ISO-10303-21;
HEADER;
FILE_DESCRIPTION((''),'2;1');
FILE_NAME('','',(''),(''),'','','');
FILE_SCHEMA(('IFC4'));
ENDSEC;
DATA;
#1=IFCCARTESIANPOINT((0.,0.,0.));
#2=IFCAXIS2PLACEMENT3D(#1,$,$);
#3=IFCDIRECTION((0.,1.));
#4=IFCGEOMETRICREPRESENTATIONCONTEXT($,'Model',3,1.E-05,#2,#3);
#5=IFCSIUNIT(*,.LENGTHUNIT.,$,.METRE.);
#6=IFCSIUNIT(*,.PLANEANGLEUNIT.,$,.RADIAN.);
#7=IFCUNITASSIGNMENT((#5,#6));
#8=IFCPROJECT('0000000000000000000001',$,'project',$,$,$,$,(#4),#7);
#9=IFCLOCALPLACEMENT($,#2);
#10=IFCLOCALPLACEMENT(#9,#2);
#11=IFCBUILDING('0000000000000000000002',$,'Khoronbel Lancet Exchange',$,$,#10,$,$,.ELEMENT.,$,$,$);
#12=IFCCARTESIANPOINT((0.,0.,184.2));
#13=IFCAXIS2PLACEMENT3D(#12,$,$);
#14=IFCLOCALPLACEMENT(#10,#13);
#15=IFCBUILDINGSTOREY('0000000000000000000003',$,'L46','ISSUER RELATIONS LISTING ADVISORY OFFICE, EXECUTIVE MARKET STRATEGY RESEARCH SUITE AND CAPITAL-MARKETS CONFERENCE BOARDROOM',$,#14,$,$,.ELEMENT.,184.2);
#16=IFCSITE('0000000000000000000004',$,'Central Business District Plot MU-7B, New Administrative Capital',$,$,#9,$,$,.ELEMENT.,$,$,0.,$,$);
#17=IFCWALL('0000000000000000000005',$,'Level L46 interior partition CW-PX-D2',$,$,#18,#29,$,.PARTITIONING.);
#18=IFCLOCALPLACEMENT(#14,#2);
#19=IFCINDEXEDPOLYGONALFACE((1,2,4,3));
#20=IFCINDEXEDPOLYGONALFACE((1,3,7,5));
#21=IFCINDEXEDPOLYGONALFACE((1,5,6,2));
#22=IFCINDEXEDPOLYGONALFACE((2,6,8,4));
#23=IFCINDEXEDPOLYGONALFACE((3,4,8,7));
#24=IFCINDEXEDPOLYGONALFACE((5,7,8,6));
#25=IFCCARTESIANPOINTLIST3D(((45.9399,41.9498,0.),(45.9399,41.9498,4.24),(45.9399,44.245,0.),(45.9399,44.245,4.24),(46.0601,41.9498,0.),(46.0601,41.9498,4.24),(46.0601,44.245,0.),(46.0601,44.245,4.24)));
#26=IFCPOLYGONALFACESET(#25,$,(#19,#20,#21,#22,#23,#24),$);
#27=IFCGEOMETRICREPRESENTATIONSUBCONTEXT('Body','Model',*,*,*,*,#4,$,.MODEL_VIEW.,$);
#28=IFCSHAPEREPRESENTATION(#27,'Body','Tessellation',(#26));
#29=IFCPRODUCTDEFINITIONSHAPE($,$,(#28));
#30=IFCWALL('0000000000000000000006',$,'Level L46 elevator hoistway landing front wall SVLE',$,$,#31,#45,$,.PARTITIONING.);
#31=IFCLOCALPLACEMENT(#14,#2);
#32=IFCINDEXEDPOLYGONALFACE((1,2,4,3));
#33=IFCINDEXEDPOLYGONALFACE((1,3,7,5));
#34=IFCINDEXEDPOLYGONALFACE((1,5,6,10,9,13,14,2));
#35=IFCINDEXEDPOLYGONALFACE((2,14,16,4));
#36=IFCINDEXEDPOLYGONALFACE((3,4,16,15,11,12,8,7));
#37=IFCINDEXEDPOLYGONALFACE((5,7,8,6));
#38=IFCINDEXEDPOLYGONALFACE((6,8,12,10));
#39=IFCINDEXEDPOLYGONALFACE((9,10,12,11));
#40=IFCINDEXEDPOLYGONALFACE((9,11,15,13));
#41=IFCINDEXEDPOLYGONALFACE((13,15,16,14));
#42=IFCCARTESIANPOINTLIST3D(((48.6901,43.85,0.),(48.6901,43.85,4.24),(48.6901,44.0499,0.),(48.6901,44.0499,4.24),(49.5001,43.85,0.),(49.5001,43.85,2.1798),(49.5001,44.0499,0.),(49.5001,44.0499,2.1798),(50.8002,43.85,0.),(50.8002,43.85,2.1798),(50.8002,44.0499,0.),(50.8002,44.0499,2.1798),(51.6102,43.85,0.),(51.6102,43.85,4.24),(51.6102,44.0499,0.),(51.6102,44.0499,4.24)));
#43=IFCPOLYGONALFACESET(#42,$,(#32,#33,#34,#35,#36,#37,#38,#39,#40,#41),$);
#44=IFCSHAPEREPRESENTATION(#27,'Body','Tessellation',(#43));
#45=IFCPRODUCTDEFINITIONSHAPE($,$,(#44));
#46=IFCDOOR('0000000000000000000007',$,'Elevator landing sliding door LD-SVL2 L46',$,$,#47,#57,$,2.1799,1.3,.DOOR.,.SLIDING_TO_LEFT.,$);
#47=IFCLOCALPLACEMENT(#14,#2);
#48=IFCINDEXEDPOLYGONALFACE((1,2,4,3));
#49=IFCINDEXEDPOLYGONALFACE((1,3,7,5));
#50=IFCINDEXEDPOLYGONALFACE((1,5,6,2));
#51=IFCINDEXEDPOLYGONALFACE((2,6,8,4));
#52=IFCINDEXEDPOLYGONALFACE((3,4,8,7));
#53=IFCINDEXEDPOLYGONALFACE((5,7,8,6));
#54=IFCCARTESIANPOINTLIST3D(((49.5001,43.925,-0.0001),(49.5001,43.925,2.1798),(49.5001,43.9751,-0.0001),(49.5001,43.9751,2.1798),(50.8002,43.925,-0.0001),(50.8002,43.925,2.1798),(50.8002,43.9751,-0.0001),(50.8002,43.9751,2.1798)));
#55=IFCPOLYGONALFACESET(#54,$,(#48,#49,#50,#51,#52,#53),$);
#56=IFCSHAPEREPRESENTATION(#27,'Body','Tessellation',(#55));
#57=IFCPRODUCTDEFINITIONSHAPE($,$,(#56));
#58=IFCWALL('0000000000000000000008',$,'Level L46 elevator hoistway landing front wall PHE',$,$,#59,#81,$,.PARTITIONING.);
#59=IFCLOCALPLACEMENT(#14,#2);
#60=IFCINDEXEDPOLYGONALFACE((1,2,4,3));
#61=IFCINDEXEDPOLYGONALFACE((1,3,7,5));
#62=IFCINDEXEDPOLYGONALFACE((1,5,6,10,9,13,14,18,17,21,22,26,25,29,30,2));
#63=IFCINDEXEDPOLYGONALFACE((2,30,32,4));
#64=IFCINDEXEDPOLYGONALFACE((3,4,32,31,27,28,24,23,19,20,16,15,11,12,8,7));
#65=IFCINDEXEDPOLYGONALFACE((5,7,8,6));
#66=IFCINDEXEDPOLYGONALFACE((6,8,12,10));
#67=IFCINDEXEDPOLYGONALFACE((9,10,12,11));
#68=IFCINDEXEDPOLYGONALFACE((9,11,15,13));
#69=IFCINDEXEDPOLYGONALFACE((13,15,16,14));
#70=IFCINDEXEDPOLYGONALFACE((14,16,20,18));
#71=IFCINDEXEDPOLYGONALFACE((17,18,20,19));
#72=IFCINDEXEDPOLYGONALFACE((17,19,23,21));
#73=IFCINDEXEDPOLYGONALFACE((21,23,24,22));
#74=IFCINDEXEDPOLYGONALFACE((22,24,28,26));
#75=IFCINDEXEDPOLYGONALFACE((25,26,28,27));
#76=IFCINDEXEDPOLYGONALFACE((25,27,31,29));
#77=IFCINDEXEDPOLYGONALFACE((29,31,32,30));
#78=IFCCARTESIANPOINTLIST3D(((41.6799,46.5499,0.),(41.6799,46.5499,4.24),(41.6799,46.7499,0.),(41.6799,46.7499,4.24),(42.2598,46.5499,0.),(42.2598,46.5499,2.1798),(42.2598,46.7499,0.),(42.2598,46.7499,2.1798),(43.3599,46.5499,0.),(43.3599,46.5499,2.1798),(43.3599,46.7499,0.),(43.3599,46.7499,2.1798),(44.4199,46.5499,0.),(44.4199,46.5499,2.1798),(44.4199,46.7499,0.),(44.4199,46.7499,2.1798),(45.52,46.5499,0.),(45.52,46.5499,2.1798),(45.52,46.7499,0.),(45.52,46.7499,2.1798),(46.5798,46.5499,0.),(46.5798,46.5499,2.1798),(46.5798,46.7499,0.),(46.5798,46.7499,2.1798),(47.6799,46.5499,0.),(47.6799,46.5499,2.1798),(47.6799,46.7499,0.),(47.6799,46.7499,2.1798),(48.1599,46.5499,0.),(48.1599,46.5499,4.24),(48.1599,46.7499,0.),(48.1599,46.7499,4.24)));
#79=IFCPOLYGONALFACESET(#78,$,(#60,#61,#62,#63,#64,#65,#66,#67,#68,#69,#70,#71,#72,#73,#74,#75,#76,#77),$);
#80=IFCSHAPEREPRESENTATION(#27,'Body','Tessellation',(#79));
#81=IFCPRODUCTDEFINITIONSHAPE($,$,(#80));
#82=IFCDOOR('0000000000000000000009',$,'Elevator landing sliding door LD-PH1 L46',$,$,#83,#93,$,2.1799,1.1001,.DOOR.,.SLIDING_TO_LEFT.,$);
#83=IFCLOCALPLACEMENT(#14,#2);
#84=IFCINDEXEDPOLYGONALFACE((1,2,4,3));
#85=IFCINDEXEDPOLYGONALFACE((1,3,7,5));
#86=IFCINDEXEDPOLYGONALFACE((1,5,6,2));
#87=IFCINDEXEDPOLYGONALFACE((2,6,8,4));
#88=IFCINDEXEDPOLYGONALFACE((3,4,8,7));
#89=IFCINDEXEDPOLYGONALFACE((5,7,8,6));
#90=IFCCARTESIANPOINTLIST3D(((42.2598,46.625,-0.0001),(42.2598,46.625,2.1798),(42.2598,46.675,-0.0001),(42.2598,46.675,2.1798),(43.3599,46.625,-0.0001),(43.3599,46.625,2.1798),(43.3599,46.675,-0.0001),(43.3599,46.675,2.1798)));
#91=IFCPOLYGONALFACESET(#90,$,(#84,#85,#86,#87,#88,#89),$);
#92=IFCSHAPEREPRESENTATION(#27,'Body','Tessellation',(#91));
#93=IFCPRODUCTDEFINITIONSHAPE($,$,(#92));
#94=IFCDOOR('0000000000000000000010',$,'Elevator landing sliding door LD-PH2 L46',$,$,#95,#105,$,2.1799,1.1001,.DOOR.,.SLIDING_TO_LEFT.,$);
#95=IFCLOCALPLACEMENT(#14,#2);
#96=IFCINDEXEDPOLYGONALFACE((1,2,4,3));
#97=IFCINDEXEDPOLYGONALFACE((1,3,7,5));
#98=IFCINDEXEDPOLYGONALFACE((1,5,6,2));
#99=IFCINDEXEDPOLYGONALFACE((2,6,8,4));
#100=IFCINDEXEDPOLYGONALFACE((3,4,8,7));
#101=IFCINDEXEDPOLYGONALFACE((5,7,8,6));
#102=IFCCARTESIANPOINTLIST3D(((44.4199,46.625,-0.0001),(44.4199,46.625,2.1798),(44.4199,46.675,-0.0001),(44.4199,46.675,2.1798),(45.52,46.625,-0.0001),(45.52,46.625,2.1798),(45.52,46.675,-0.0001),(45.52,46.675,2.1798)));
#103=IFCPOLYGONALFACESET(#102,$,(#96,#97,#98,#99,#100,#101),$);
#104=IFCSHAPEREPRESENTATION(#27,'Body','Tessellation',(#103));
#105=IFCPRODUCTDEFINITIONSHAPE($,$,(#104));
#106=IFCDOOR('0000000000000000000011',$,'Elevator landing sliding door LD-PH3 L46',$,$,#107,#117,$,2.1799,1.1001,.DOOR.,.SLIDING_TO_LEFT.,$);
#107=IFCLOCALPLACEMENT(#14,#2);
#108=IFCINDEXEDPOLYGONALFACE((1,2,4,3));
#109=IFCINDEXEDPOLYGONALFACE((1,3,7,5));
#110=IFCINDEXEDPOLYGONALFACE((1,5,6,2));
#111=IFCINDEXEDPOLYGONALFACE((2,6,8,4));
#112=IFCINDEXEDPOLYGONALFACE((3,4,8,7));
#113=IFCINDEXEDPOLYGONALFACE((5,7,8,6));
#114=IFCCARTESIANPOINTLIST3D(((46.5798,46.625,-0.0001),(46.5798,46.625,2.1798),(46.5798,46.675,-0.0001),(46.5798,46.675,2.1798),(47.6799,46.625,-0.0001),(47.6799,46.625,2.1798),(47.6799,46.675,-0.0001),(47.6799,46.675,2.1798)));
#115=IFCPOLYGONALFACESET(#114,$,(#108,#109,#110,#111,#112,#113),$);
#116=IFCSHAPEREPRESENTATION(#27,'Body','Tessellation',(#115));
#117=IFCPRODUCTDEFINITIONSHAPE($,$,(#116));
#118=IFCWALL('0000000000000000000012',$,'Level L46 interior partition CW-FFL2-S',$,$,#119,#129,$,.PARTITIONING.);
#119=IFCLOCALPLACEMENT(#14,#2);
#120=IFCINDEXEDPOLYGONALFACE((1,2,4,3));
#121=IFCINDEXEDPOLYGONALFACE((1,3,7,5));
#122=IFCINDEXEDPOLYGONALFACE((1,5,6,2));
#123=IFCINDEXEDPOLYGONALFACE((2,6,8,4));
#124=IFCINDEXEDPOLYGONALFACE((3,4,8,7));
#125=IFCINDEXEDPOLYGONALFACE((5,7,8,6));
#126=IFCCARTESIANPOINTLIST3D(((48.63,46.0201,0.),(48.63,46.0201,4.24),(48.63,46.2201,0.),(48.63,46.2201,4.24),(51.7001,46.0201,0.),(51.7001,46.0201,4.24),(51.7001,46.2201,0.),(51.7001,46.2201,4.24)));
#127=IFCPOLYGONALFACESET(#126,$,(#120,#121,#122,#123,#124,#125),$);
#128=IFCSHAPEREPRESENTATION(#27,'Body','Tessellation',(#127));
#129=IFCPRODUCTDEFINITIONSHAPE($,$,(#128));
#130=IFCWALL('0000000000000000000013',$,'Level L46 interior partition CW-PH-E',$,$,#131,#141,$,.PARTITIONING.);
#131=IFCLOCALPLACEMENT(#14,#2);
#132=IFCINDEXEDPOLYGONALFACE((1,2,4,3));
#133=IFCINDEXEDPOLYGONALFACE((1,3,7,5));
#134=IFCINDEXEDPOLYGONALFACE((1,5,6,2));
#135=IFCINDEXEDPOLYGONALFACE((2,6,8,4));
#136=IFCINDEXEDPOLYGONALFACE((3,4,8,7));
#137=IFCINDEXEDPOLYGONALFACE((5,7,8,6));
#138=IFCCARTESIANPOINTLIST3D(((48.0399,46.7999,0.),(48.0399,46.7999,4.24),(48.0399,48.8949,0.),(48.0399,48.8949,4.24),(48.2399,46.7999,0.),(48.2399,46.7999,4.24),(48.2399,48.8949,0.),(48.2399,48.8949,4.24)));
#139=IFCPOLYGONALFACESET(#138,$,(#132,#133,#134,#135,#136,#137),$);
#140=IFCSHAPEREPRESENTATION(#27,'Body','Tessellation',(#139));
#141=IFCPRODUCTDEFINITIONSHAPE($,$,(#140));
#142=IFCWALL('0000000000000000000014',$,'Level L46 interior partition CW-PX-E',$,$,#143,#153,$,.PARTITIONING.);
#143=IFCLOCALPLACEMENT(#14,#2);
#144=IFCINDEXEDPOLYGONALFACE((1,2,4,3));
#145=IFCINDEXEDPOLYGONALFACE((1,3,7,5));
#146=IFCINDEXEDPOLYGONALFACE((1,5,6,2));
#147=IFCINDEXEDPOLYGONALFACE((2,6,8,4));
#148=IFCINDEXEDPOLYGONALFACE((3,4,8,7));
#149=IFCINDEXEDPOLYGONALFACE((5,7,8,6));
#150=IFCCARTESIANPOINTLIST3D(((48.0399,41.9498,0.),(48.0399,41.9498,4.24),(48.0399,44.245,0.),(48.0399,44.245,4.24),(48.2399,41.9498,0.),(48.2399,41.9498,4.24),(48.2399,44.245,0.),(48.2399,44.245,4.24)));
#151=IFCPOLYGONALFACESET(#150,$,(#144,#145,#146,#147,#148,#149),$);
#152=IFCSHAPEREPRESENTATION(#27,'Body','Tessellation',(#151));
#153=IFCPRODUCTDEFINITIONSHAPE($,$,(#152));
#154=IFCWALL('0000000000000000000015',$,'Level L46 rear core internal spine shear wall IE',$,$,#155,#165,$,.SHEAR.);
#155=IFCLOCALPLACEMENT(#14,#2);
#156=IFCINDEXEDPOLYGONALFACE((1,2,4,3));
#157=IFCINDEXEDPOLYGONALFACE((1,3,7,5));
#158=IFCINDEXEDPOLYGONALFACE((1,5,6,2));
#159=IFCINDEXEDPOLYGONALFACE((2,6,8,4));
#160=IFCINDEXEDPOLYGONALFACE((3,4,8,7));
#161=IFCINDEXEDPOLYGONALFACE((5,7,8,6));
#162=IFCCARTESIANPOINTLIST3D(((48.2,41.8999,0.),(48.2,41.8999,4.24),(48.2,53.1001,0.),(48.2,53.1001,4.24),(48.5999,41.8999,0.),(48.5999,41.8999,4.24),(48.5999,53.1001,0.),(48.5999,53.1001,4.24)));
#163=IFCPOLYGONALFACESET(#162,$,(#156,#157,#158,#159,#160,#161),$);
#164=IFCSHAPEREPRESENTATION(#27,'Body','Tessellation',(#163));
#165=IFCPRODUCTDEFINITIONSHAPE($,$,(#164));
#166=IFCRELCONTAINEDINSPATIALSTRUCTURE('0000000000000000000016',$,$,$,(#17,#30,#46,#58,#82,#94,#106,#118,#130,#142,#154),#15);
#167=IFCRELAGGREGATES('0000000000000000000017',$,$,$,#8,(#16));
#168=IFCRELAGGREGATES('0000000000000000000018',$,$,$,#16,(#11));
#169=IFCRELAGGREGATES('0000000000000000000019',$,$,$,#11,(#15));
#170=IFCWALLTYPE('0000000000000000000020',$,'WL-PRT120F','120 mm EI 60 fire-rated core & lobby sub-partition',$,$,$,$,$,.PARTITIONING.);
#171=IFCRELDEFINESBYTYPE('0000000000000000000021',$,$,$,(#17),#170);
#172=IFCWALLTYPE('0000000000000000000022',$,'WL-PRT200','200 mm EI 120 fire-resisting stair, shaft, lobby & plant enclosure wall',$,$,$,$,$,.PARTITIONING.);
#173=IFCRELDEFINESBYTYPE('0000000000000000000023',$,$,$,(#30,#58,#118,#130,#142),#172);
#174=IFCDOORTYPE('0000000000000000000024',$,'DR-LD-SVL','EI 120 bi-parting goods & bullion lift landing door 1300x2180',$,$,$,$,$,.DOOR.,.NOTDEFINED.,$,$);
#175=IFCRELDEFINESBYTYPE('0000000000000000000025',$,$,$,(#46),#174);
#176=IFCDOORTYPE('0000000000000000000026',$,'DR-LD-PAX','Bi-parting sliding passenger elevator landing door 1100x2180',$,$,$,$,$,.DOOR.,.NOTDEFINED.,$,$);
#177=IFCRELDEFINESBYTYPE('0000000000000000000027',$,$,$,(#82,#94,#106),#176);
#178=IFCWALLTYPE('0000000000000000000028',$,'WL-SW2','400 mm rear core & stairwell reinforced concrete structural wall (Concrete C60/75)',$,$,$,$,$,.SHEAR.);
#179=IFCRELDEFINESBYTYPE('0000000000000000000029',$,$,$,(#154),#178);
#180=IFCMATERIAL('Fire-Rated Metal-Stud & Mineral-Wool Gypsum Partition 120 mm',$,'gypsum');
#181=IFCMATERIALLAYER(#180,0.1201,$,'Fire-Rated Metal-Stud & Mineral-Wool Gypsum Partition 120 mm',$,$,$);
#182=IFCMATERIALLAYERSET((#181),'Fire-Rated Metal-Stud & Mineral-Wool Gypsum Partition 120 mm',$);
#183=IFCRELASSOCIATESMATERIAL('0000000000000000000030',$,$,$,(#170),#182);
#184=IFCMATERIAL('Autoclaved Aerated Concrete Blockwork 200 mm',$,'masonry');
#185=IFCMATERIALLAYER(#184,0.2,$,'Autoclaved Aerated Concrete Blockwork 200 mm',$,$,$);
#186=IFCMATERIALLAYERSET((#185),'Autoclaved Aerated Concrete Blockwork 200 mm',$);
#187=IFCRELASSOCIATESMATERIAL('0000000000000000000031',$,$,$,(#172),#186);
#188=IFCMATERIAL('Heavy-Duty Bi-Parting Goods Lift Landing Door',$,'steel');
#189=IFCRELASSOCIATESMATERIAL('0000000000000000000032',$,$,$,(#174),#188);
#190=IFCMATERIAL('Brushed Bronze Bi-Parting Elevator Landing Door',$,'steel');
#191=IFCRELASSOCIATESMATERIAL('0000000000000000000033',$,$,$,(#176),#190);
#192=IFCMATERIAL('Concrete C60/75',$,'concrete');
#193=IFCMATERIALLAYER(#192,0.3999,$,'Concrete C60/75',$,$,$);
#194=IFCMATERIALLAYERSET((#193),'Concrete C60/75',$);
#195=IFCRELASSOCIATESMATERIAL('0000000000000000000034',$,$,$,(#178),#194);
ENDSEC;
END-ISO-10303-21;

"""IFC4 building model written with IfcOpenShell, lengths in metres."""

from ifc_helpers import new_model, si_unit, direction, frame, frame_2d, origin, place, context, subcontext, project, spatial, rectangle, extrude, material, layer, layer_set, type_object, element, fill, save


model = new_model("IFC4")

# Units and contexts
model_context = context("Model", 3, precision=1e-05, world=origin(), true_north=direction((0.0, 1.0)))
body_context = subcontext(model_context, "Body", "Model", "MODEL_VIEW")
ifc_project = project(units=[si_unit("LENGTHUNIT", "METRE"), si_unit("PLANEANGLEUNIT", "RADIAN")], contexts=[model_context])

# Site, building, storey
site_placement = place(None, origin())
site = spatial("IfcSite", under=ifc_project, at=site_placement, Name="Central Business District Plot MU-7B, New Administrative Capital", CompositionType="ELEMENT", RefElevation=0.0)
building_placement = place(site_placement, origin())
building = spatial("IfcBuilding", under=site, at=building_placement, Name="Khoronbel Lancet Exchange", CompositionType="ELEMENT")
storey_placement = place(building_placement, frame((0.0, 0.0, 184.2)))
storey = spatial("IfcBuildingStorey", under=building, at=storey_placement, Name="L46", Description="ISSUER RELATIONS LISTING ADVISORY OFFICE, EXECUTIVE MARKET STRATEGY RESEARCH SUITE AND CAPITAL-MARKETS CONFERENCE BOARDROOM", CompositionType="ELEMENT", Elevation=184.2)

# Wall
ifc_material_1 = material(Name="Fire-Rated Metal-Stud & Mineral-Wool Gypsum Partition 120 mm", Category="gypsum")
ifc_layer_1 = layer(ifc_material_1, 0.1201, Name="Fire-Rated Metal-Stud & Mineral-Wool Gypsum Partition 120 mm")
ifc_layer_set_1 = layer_set([ifc_layer_1], Name="Fire-Rated Metal-Stud & Mineral-Wool Gypsum Partition 120 mm")
wall_type_1 = type_object("IfcWallType", Name="WL-PRT120F", Description="120 mm EI 60 fire-rated core & lobby sub-partition", PredefinedType="PARTITIONING", material=ifc_layer_set_1)
for number, where, z_axis, x_axis, name in (
    (1, (46.0, 41.95, 0.0), (0.0, 0.0, 1.0), (0.0, 1.0, 0.0), "Level L46 interior partition CW-PX-D2"),
):
    element("IfcWall", number, at=place(storey_placement, frame(where, z_axis=z_axis, x_axis=x_axis)), inside=storey, type_object=wall_type_1, Name=name, PredefinedType="PARTITIONING", context=body_context, shape_type="SweptSolid", body=[
        extrude(rectangle(XDim=2.2952, YDim=0.1201, at=frame_2d((1.1475, 0.0))), origin(), (0.0, 0.0, 1.0), 4.24),
    ])

# Wall, opening, door
ifc_material_2 = material(Name="Autoclaved Aerated Concrete Blockwork 200 mm", Category="masonry")
ifc_layer_2 = layer(ifc_material_2, 0.2, Name="Autoclaved Aerated Concrete Blockwork 200 mm")
ifc_layer_set_2 = layer_set([ifc_layer_2], Name="Autoclaved Aerated Concrete Blockwork 200 mm")
wall_type_2 = type_object("IfcWallType", Name="WL-PRT200", Description="200 mm EI 120 fire-resisting stair, shaft, lobby & plant enclosure wall", PredefinedType="PARTITIONING", material=ifc_layer_set_2)
wall_1_placement = place(storey_placement, frame((51.6101, 43.95, 0.0), z_axis=(0.0, 0.0, 1.0), x_axis=(-1.0, 0.0, 0.0)))
wall_1 = element("IfcWall", 2, at=wall_1_placement, inside=storey, type_object=wall_type_2, Name="Level L46 elevator hoistway landing front wall SVLE", PredefinedType="PARTITIONING", context=body_context, shape_type="SweptSolid", body=[
    extrude(rectangle(XDim=2.9202, YDim=0.2, at=frame_2d((1.46, 0.0))), origin(), (0.0, 0.0, 1.0), 4.24),
])
opening_1_placement = place(wall_1_placement, frame((0.8101, 0.0, 0.0)))
opening_1 = element("IfcOpeningElement", 3, at=opening_1_placement, cuts=wall_1, PredefinedType="OPENING", context=body_context, shape_type="SweptSolid", body=[
    extrude(rectangle(XDim=1.3, YDim=2.1799, at=frame_2d((0.6499, 1.0898))), frame((0.0, 0.1099, 0.0), z_axis=(0.0, -1.0, 0.0), x_axis=(1.0, 0.0, 0.0)), (0.0, 0.0, 1.0), 0.22),
])
ifc_material_3 = material(Name="Heavy-Duty Bi-Parting Goods Lift Landing Door", Category="steel")
door_type_1 = type_object("IfcDoorType", Name="DR-LD-SVL", Description="EI 120 bi-parting goods & bullion lift landing door 1300x2180", OperationType="NOTDEFINED", PredefinedType="DOOR", material=ifc_material_3)
door_1_placement = place(opening_1_placement, origin())
door_1 = element("IfcDoor", 4, at=door_1_placement, inside=storey, type_object=door_type_1, Name="Elevator landing sliding door LD-SVL2 L46", OperationType="SLIDING_TO_LEFT", OverallHeight=2.1799, OverallWidth=1.3, PredefinedType="DOOR", context=body_context, shape_type="SweptSolid", body=[
    extrude(rectangle(XDim=1.3, YDim=2.1799, at=frame_2d((0.6499, 1.0898))), frame((0.0, 0.0249, 0.0), z_axis=(0.0, -1.0, 0.0), x_axis=(1.0, 0.0, 0.0)), (0.0, 0.0, 1.0), 0.05),
])
fill(opening_1, door_1)

# Wall, openings, doors
wall_2_placement = place(storey_placement, frame((48.1599, 46.6499, 0.0), z_axis=(0.0, 0.0, 1.0), x_axis=(-1.0, 0.0, 0.0)))
wall_2 = element("IfcWall", 5, at=wall_2_placement, inside=storey, type_object=wall_type_2, Name="Level L46 elevator hoistway landing front wall PHE", PredefinedType="PARTITIONING", context=body_context, shape_type="SweptSolid", body=[
    extrude(rectangle(XDim=6.48, YDim=0.2, at=frame_2d((3.24, 0.0))), origin(), (0.0, 0.0, 1.0), 4.24),
])
opening_2_placement = place(wall_2_placement, frame((4.8, 0.0, 0.0)))
opening_2 = element("IfcOpeningElement", 6, at=opening_2_placement, cuts=wall_2, PredefinedType="OPENING", context=body_context, shape_type="SweptSolid", body=[
    extrude(rectangle(XDim=1.1001, YDim=2.1799, at=frame_2d((0.55, 1.0898))), frame((0.0, 0.1099, 0.0), z_axis=(0.0, -1.0, 0.0), x_axis=(1.0, 0.0, 0.0)), (0.0, 0.0, 1.0), 0.22),
])
opening_3_placement = place(wall_2_placement, frame((2.6399, 0.0, 0.0)))
opening_3 = element("IfcOpeningElement", 7, at=opening_3_placement, cuts=wall_2, PredefinedType="OPENING", context=body_context, shape_type="SweptSolid", body=[
    extrude(rectangle(XDim=1.1001, YDim=2.1799, at=frame_2d((0.55, 1.0898))), frame((0.0, 0.1099, 0.0), z_axis=(0.0, -1.0, 0.0), x_axis=(1.0, 0.0, 0.0)), (0.0, 0.0, 1.0), 0.22),
])
opening_4_placement = place(wall_2_placement, frame((0.48, 0.0, 0.0)))
opening_4 = element("IfcOpeningElement", 8, at=opening_4_placement, cuts=wall_2, PredefinedType="OPENING", context=body_context, shape_type="SweptSolid", body=[
    extrude(rectangle(XDim=1.1001, YDim=2.1799, at=frame_2d((0.55, 1.0898))), frame((0.0, 0.1099, 0.0), z_axis=(0.0, -1.0, 0.0), x_axis=(1.0, 0.0, 0.0)), (0.0, 0.0, 1.0), 0.22),
])
ifc_material_4 = material(Name="Brushed Bronze Bi-Parting Elevator Landing Door", Category="steel")
door_type_2 = type_object("IfcDoorType", Name="DR-LD-PAX", Description="Bi-parting sliding passenger elevator landing door 1100x2180", OperationType="NOTDEFINED", PredefinedType="DOOR", material=ifc_material_4)
door_2_placement = place(opening_2_placement, origin())
door_2 = element("IfcDoor", 9, at=door_2_placement, inside=storey, type_object=door_type_2, Name="Elevator landing sliding door LD-PH1 L46", OperationType="SLIDING_TO_LEFT", OverallHeight=2.1799, OverallWidth=1.1001, PredefinedType="DOOR", context=body_context, shape_type="SweptSolid", body=[
    extrude(rectangle(XDim=1.1001, YDim=2.1799, at=frame_2d((0.55, 1.0898))), frame((0.0, 0.0249, 0.0), z_axis=(0.0, -1.0, 0.0), x_axis=(1.0, 0.0, 0.0)), (0.0, 0.0, 1.0), 0.05),
])
fill(opening_2, door_2)
door_3_placement = place(opening_3_placement, origin())
door_3 = element("IfcDoor", 10, at=door_3_placement, inside=storey, type_object=door_type_2, Name="Elevator landing sliding door LD-PH2 L46", OperationType="SLIDING_TO_LEFT", OverallHeight=2.1799, OverallWidth=1.1001, PredefinedType="DOOR", context=body_context, shape_type="SweptSolid", body=[
    extrude(rectangle(XDim=1.1001, YDim=2.1799, at=frame_2d((0.55, 1.0898))), frame((0.0, 0.0249, 0.0), z_axis=(0.0, -1.0, 0.0), x_axis=(1.0, 0.0, 0.0)), (0.0, 0.0, 1.0), 0.05),
])
fill(opening_3, door_3)
door_4_placement = place(opening_4_placement, origin())
door_4 = element("IfcDoor", 11, at=door_4_placement, inside=storey, type_object=door_type_2, Name="Elevator landing sliding door LD-PH3 L46", OperationType="SLIDING_TO_LEFT", OverallHeight=2.1799, OverallWidth=1.1001, PredefinedType="DOOR", context=body_context, shape_type="SweptSolid", body=[
    extrude(rectangle(XDim=1.1001, YDim=2.1799, at=frame_2d((0.55, 1.0898))), frame((0.0, 0.0249, 0.0), z_axis=(0.0, -1.0, 0.0), x_axis=(1.0, 0.0, 0.0)), (0.0, 0.0, 1.0), 0.05),
])
fill(opening_4, door_4)

# Walls
wall_3_placement = place(storey_placement, frame((48.6299, 46.1201, 0.0), z_axis=(0.0, 0.0, 1.0), x_axis=(1.0, 0.0, 0.0)))
element("IfcWall", 12, at=wall_3_placement, inside=storey, type_object=wall_type_2, Name="Level L46 interior partition CW-FFL2-S", PredefinedType="PARTITIONING", context=body_context, shape_type="SweptSolid", body=[
    extrude(rectangle(XDim=3.0701, YDim=0.2, at=frame_2d((1.5352, 0.0))), origin(), (0.0, 0.0, 1.0), 4.24),
])
wall_4_placement = place(storey_placement, frame((48.1399, 46.8, 0.0), z_axis=(0.0, 0.0, 1.0), x_axis=(0.0, 1.0, 0.0)))
element("IfcWall", 13, at=wall_4_placement, inside=storey, type_object=wall_type_2, Name="Level L46 interior partition CW-PH-E", PredefinedType="PARTITIONING", context=body_context, shape_type="SweptSolid", body=[
    extrude(rectangle(XDim=2.095, YDim=0.2, at=frame_2d((1.0474, 0.0))), origin(), (0.0, 0.0, 1.0), 4.24),
])
wall_5_placement = place(storey_placement, frame((48.1399, 41.95, 0.0), z_axis=(0.0, 0.0, 1.0), x_axis=(0.0, 1.0, 0.0)))
element("IfcWall", 14, at=wall_5_placement, inside=storey, type_object=wall_type_2, Name="Level L46 interior partition CW-PX-E", PredefinedType="PARTITIONING", context=body_context, shape_type="SweptSolid", body=[
    extrude(rectangle(XDim=2.2952, YDim=0.2, at=frame_2d((1.1475, 0.0))), origin(), (0.0, 0.0, 1.0), 4.24),
])
ifc_material_5 = material(Name="Concrete C60/75", Category="concrete")
ifc_layer_3 = layer(ifc_material_5, 0.3999, Name="Concrete C60/75")
ifc_layer_set_3 = layer_set([ifc_layer_3], Name="Concrete C60/75")
wall_type_3 = type_object("IfcWallType", Name="WL-SW2", Description="400 mm rear core & stairwell reinforced concrete structural wall (Concrete C60/75)", PredefinedType="SHEAR", material=ifc_layer_set_3)
wall_6_placement = place(storey_placement, frame((48.3999, 41.8999, 0.0), z_axis=(0.0, 0.0, 1.0), x_axis=(0.0, 1.0, 0.0)))
element("IfcWall", 15, at=wall_6_placement, inside=storey, type_object=wall_type_3, Name="Level L46 rear core internal spine shear wall IE", PredefinedType="SHEAR", context=body_context, shape_type="SweptSolid", body=[
    extrude(rectangle(XDim=11.2002, YDim=0.3999, at=frame_2d((5.6001, 0.0))), origin(), (0.0, 0.0, 1.0), 4.24),
])

save(model, "model.ifc")
